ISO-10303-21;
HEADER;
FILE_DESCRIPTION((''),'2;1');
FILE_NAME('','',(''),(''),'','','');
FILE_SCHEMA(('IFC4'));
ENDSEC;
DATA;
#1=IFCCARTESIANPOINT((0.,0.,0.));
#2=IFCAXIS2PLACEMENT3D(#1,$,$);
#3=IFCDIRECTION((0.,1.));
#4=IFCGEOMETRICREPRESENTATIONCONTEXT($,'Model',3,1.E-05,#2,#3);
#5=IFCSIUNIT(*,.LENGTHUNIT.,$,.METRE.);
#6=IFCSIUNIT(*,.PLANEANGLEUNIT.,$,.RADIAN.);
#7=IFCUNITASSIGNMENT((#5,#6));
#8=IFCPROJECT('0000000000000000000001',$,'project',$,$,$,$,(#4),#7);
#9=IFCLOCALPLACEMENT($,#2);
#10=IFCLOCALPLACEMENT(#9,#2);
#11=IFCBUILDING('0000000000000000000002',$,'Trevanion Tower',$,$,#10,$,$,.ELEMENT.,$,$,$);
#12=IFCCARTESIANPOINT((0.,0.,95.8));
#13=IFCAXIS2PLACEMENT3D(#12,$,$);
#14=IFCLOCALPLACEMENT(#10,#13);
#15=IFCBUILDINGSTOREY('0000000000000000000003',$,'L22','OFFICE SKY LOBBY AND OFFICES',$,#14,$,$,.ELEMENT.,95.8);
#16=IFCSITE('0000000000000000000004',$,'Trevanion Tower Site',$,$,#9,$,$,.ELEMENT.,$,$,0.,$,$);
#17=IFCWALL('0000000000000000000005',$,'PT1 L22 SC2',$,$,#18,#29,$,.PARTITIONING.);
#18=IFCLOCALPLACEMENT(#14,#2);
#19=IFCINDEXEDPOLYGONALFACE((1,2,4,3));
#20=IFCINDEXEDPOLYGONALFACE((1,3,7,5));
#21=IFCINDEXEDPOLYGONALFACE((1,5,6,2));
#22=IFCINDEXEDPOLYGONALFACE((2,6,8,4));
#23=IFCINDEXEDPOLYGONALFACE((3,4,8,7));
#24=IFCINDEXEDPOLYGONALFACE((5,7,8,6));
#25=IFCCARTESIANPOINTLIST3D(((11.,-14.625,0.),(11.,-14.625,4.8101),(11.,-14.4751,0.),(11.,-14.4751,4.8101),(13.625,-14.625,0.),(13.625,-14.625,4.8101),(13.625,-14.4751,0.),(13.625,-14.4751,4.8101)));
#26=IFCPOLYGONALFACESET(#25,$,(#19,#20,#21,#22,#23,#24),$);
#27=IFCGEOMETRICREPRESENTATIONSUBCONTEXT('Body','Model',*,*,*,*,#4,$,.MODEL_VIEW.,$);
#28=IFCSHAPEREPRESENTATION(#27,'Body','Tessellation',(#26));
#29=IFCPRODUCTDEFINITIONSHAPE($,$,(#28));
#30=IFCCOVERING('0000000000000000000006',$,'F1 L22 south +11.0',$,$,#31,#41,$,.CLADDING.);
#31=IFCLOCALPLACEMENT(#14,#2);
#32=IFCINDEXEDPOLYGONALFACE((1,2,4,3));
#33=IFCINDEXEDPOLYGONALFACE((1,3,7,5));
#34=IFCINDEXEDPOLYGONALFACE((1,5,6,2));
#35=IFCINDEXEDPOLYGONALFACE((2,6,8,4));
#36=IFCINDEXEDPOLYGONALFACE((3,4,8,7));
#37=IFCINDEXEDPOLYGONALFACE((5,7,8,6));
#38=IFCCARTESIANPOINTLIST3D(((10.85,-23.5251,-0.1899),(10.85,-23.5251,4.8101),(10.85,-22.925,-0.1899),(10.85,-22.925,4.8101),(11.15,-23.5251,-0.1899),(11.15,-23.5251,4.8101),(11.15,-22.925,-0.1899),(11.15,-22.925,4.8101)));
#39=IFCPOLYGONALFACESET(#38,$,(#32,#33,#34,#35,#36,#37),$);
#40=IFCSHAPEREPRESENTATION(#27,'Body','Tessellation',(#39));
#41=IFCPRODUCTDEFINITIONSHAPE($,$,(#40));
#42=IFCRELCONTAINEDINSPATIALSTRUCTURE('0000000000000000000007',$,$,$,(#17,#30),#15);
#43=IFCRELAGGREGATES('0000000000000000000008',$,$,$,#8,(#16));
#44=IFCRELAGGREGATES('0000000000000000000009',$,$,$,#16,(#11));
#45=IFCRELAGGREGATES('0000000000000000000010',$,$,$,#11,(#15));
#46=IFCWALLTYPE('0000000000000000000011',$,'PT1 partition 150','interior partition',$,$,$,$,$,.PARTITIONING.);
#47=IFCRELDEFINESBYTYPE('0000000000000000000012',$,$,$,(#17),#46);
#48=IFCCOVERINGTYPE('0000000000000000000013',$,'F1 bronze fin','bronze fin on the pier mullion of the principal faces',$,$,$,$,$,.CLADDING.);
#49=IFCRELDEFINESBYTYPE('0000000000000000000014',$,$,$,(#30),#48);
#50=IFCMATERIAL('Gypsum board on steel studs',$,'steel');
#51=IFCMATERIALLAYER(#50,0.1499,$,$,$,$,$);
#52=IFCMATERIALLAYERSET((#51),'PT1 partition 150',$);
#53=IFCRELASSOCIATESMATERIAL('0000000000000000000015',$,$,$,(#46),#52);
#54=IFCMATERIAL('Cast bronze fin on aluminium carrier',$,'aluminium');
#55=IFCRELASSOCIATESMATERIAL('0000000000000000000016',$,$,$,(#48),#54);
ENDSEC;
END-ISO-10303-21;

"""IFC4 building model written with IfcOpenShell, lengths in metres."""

from ifc_helpers import new_model, si_unit, direction, frame, frame_2d, origin, origin_2d, place, context, subcontext, project, spatial, rectangle, extrude, material, layer, layer_set, type_object, element, save


model = new_model("IFC4")

# Units and contexts
model_context = context("Model", 3, precision=1e-05, world=origin(), true_north=direction((0.0, 1.0)))
body_context = subcontext(model_context, "Body", "Model", "MODEL_VIEW")
ifc_project = project(units=[si_unit("LENGTHUNIT", "METRE"), si_unit("PLANEANGLEUNIT", "RADIAN")], contexts=[model_context])

# Site, building, storey
site_placement = place(None, origin())
site = spatial("IfcSite", under=ifc_project, at=site_placement, Name="Trevanion Tower Site", CompositionType="ELEMENT", RefElevation=0.0)
building_placement = place(site_placement, origin())
building = spatial("IfcBuilding", under=site, at=building_placement, Name="Trevanion Tower", CompositionType="ELEMENT")
storey_placement = place(building_placement, frame((0.0, 0.0, 95.8)))
storey = spatial("IfcBuildingStorey", under=building, at=storey_placement, Name="L22", Description="OFFICE SKY LOBBY AND OFFICES", CompositionType="ELEMENT", Elevation=95.8)

# Wall
ifc_material_1 = material(Name="Gypsum board on steel studs", Category="steel")
ifc_layer_1 = layer(ifc_material_1, 0.1499)
ifc_layer_set_1 = layer_set([ifc_layer_1], Name="PT1 partition 150")
wall_type = type_object("IfcWallType", Name="PT1 partition 150", Description="interior partition", PredefinedType="PARTITIONING", material=ifc_layer_set_1)
wall_placement = place(storey_placement, frame((11.0, -14.55, 0.0), z_axis=(0.0, 0.0, 1.0), x_axis=(1.0, 0.0, 0.0)))
element("IfcWall", 1, at=wall_placement, inside=storey, type_object=wall_type, Name="PT1 L22 SC2", PredefinedType="PARTITIONING", context=body_context, shape_type="SweptSolid", body=[
    extrude(rectangle(XDim=2.625, YDim=0.1499, at=frame_2d((1.3125, 0.0))), origin(), (0.0, 0.0, 1.0), 4.8101),
])

# Covering
ifc_material_2 = material(Name="Cast bronze fin on aluminium carrier", Category="aluminium")
covering_type = type_object("IfcCoveringType", Name="F1 bronze fin", Description="bronze fin on the pier mullion of the principal faces", PredefinedType="CLADDING", material=ifc_material_2)
covering_placement = place(storey_placement, frame((11.0, -23.2251, -0.1899), z_axis=(0.0, 0.0, 1.0), x_axis=(1.0, 0.0, 0.0)))
element("IfcCovering", 2, at=covering_placement, inside=storey, type_object=covering_type, Name="F1 L22 south +11.0", PredefinedType="CLADDING", context=body_context, shape_type="SweptSolid", body=[
    extrude(rectangle(XDim=0.3, YDim=0.6001, at=origin_2d()), origin(), (0.0, 0.0, 1.0), 5.0),
])

save(model, "model.ifc")
